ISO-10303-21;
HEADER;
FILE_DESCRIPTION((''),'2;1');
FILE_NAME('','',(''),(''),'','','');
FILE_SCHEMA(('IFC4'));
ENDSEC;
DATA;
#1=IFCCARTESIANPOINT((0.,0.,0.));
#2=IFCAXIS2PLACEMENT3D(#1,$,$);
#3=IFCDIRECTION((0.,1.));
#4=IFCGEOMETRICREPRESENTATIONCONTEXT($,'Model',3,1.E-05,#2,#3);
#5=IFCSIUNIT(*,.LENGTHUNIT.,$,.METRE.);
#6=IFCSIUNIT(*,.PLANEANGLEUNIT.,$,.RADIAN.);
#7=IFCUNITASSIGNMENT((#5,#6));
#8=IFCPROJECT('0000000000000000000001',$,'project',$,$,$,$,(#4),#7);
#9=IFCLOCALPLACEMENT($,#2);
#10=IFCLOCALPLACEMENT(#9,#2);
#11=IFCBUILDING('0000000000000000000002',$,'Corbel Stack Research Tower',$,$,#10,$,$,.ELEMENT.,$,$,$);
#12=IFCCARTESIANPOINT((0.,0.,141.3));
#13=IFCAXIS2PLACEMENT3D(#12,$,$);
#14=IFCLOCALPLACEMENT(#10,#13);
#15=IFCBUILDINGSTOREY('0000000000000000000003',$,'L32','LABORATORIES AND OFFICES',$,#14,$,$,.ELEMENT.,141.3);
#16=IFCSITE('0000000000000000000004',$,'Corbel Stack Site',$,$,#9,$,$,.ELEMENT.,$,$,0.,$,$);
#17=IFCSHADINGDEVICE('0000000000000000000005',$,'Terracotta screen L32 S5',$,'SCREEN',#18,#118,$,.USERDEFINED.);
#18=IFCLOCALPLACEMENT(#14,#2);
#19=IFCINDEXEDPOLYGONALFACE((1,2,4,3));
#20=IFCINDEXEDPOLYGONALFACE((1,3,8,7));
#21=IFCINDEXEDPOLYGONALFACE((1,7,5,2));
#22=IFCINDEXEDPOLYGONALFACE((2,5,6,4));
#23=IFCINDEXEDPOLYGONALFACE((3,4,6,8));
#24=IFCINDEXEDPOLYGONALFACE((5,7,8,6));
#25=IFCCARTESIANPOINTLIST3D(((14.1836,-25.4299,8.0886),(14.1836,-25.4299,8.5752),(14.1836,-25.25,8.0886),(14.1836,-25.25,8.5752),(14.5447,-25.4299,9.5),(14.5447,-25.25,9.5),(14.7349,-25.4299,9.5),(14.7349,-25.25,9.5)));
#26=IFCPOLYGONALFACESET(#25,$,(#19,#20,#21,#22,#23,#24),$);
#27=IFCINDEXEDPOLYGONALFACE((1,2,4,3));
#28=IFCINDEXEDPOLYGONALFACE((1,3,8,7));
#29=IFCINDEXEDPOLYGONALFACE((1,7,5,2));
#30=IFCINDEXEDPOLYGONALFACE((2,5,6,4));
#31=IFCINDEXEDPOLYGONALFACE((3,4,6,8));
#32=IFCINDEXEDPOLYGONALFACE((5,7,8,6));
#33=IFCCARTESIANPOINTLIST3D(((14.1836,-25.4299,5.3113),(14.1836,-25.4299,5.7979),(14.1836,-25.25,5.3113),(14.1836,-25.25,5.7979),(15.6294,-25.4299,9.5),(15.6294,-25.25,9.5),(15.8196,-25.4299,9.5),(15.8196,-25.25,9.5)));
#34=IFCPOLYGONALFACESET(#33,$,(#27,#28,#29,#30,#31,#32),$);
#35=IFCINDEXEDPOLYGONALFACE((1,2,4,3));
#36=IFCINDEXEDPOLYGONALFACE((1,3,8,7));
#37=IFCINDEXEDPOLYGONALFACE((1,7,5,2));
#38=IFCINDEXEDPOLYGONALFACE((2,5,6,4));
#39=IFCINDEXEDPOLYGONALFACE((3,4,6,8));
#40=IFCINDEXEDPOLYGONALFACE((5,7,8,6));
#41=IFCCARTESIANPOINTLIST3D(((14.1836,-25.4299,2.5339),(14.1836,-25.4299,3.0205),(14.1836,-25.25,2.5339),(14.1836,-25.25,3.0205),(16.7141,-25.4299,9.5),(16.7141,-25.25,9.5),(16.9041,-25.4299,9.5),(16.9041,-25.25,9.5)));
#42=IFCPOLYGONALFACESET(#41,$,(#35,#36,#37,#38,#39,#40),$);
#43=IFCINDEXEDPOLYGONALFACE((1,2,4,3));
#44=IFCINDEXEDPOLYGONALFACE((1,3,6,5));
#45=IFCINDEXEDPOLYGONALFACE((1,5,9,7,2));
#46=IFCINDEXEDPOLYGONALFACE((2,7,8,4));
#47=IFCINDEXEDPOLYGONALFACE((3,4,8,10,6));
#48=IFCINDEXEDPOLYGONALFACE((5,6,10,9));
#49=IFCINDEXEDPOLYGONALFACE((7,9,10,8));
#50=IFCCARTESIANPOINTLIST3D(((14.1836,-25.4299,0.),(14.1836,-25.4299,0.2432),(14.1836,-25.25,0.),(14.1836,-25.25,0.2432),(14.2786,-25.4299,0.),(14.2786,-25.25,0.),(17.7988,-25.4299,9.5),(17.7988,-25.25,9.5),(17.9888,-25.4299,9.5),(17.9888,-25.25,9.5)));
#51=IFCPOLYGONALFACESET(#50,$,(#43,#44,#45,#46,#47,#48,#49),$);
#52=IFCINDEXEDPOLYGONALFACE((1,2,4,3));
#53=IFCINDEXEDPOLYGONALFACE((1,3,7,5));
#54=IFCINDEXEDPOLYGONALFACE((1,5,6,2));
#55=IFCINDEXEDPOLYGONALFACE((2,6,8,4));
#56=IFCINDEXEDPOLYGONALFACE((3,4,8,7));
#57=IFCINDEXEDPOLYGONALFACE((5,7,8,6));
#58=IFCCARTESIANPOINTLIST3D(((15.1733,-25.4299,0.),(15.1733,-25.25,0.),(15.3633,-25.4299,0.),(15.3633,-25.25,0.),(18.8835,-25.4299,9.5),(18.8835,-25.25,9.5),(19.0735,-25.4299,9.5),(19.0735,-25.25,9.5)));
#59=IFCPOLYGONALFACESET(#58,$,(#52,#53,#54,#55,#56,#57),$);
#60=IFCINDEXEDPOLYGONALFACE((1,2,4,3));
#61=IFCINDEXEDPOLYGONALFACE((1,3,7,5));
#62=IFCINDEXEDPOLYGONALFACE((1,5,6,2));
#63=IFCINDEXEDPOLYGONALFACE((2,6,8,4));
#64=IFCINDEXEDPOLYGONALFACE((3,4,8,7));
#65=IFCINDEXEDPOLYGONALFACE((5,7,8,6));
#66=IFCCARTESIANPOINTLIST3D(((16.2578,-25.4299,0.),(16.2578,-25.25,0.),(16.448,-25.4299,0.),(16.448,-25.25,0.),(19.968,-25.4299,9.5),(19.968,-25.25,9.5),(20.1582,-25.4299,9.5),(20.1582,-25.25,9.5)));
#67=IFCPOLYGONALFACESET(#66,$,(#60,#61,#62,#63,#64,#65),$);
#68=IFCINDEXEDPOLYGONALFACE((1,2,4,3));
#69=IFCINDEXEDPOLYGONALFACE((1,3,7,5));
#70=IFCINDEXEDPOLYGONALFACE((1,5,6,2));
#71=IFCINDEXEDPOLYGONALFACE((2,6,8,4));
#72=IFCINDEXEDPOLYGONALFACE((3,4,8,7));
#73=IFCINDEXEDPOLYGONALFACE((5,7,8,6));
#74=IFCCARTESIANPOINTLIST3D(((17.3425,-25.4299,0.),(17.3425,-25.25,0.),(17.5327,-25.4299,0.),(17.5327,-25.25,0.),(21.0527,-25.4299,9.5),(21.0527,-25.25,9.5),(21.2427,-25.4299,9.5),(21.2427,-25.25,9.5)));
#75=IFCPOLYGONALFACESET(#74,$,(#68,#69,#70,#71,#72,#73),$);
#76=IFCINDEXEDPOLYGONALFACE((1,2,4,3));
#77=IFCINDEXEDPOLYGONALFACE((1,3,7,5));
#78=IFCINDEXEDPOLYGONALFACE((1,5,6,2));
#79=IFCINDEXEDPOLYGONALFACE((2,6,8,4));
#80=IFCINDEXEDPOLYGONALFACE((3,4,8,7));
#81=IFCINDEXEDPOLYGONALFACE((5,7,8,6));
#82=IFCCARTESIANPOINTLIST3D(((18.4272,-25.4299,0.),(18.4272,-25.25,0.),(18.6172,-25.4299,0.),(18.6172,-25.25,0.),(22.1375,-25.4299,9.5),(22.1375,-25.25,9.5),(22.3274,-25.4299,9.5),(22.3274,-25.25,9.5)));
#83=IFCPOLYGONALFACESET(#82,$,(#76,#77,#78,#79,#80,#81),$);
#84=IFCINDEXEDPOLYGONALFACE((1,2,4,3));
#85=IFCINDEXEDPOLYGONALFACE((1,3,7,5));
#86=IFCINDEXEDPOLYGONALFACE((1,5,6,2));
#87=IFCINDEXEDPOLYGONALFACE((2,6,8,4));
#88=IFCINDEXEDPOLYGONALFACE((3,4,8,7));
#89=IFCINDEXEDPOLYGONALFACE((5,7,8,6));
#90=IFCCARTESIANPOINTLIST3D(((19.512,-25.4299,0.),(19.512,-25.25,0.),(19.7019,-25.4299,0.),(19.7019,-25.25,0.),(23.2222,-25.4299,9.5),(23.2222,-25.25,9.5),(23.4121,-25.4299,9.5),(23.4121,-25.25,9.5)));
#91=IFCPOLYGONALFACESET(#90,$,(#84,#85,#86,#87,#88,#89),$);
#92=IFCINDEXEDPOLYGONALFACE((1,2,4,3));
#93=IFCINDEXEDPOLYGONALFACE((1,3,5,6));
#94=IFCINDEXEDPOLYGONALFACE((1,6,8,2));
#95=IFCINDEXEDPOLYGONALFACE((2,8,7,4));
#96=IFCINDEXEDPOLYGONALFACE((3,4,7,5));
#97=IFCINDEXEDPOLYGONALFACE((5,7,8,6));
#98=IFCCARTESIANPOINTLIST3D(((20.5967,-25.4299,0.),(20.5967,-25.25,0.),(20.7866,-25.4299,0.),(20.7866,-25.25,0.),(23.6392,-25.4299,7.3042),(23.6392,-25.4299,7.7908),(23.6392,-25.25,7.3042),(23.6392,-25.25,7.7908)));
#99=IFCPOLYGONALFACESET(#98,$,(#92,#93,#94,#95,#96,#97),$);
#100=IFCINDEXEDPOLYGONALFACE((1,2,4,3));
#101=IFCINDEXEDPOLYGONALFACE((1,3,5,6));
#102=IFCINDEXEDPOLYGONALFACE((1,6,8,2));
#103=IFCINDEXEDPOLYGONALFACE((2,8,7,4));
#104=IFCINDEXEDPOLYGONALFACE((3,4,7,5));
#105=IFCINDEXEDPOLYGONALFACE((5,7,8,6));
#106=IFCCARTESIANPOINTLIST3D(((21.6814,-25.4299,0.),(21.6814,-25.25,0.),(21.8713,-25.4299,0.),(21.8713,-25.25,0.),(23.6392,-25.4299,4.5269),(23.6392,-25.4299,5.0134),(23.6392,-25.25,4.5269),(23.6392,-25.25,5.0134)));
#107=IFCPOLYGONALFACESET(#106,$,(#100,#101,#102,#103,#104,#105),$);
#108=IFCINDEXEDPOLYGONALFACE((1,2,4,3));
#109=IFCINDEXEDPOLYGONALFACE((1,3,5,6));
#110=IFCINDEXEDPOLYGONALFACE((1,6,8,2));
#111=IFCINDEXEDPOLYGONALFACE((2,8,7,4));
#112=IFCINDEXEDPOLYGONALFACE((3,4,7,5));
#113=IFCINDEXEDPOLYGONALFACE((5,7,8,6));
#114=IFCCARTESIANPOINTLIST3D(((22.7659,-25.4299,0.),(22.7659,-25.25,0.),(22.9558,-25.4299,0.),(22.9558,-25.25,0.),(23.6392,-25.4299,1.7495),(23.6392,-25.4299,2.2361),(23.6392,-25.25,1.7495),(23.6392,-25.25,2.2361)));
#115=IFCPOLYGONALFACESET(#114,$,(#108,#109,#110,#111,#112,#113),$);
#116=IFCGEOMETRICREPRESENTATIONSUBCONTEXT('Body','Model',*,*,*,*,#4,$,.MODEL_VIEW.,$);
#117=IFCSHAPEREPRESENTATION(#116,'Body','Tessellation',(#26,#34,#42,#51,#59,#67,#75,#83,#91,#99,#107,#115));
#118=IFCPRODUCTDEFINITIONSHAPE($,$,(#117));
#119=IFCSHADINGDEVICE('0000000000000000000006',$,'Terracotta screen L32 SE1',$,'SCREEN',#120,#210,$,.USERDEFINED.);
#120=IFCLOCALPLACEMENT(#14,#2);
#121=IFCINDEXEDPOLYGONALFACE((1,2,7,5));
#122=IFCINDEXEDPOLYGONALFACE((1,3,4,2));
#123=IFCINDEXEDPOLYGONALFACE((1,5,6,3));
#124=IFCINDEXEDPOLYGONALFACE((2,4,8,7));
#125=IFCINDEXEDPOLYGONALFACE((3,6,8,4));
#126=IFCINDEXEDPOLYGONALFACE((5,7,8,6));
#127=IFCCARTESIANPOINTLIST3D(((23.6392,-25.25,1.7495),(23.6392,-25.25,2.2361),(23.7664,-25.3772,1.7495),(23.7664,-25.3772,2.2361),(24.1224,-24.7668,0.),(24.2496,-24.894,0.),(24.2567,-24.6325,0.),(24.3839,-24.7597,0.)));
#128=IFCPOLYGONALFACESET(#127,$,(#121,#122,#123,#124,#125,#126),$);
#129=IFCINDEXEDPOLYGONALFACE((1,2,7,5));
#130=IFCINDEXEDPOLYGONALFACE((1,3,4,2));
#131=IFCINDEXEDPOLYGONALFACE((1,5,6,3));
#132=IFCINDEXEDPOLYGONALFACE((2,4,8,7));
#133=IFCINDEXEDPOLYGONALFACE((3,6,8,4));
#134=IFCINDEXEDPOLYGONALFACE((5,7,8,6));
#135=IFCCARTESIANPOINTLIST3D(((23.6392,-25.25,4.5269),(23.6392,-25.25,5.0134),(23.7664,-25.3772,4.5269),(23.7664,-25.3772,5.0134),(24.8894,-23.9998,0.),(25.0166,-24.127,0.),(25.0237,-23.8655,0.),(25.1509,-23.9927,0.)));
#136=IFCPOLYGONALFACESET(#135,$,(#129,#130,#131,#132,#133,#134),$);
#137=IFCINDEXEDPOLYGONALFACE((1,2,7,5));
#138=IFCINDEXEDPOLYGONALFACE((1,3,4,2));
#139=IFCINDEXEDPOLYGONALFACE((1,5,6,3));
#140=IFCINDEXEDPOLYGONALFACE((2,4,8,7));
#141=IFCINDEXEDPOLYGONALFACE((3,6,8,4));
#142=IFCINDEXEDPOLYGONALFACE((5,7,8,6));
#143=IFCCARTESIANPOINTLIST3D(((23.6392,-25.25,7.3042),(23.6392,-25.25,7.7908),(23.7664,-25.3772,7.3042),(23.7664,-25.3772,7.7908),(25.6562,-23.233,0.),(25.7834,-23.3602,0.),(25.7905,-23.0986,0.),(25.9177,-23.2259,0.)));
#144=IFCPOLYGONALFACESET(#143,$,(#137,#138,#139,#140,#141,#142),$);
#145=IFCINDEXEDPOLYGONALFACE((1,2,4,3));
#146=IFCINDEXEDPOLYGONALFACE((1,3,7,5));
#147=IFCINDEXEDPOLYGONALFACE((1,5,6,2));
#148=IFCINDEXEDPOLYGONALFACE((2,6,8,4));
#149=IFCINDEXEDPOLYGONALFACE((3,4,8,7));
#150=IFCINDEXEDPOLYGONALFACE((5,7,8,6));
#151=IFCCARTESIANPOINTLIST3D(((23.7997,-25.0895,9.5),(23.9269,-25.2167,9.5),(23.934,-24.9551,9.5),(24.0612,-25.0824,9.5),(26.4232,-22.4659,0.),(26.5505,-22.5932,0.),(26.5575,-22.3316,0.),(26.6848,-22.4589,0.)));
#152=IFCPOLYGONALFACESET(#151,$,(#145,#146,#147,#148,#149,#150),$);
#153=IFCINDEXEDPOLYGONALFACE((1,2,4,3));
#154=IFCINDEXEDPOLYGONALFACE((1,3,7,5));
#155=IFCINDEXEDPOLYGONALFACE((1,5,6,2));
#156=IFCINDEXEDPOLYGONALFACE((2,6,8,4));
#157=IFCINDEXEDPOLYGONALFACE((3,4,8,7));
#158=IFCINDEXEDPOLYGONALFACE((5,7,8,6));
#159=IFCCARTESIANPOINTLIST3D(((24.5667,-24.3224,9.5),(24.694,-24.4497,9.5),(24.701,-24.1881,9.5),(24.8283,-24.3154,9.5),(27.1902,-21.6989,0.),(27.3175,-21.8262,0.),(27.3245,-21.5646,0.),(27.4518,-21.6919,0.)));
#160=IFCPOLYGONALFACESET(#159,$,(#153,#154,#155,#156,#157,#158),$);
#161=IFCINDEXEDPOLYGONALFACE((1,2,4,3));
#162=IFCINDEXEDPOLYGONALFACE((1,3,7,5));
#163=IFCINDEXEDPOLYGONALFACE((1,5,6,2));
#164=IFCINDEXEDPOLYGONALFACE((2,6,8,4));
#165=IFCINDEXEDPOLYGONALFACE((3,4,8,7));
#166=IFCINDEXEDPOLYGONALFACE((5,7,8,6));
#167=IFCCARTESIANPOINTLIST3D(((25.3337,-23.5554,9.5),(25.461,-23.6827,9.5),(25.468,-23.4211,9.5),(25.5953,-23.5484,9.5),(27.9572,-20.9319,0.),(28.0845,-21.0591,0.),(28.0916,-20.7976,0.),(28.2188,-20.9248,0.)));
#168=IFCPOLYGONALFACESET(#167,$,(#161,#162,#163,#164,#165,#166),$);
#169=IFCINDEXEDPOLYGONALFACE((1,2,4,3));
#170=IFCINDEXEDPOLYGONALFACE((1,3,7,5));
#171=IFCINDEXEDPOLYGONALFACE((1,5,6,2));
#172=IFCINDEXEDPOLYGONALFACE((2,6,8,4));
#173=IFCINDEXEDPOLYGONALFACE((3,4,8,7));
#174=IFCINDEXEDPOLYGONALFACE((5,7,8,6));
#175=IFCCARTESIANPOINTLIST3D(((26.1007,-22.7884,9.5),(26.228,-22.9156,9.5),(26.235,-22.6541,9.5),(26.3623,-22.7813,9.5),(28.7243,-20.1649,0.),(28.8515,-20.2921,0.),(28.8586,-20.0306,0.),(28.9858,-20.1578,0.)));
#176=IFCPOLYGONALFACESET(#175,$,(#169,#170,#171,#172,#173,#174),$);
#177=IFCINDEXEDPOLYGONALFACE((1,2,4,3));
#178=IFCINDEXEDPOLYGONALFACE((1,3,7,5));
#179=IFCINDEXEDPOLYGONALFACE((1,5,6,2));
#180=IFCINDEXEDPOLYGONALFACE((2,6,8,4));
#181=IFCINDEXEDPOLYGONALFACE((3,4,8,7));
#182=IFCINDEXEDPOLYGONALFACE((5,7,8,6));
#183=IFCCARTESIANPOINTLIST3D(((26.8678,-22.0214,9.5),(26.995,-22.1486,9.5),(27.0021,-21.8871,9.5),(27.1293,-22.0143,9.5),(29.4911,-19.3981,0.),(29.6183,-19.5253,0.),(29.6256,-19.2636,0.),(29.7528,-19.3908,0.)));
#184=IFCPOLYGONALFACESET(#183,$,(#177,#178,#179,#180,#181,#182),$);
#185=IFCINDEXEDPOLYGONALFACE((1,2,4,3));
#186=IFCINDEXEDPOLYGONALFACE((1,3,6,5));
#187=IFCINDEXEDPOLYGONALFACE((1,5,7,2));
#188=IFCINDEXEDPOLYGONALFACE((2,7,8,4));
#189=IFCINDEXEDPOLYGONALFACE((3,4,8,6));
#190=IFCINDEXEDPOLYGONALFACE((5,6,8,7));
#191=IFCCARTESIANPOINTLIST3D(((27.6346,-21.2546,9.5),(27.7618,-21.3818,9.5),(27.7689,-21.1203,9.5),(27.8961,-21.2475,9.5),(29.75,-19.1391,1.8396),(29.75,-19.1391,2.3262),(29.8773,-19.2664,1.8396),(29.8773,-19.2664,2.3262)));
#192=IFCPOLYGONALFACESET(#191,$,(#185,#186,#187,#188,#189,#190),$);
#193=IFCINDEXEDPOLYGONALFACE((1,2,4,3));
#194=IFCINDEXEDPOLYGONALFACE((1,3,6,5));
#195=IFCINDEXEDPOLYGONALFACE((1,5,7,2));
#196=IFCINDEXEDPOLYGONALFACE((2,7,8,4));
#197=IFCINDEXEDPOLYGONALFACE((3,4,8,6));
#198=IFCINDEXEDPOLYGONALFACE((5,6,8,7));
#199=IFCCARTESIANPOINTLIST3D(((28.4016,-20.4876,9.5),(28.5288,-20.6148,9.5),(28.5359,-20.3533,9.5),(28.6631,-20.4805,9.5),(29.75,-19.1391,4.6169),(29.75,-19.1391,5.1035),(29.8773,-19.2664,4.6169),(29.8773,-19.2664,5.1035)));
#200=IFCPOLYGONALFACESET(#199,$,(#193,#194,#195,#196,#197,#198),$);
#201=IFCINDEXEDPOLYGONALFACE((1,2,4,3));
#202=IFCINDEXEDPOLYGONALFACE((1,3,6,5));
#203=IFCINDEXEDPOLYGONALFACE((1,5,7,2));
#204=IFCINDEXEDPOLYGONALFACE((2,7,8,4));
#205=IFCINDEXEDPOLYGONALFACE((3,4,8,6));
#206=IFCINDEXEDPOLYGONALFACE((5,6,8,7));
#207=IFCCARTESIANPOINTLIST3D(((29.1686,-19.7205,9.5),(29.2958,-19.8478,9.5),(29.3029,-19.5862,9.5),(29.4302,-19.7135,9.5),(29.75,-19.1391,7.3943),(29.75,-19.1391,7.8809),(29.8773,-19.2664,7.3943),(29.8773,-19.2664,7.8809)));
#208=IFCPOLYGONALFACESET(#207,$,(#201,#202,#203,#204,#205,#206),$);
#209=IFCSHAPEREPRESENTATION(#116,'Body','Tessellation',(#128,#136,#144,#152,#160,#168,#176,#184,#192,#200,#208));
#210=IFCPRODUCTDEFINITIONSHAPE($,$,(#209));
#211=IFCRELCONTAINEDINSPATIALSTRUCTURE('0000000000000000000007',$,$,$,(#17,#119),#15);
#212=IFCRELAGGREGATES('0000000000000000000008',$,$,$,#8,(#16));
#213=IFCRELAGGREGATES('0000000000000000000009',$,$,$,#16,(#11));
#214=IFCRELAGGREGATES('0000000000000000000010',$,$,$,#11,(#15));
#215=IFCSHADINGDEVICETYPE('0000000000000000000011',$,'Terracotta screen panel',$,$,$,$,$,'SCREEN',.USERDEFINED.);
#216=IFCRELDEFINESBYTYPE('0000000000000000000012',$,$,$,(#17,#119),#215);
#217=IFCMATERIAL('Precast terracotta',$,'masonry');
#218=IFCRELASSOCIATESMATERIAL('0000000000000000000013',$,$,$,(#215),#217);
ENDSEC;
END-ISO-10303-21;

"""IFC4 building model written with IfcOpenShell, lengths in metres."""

from ifc_helpers import new_model, si_unit, direction, frame, origin, place, context, subcontext, project, spatial, polyline, outline, extrude, source, transform, mapped, material, type_object, element, save


model = new_model("IFC4")

# Units and contexts
model_context = context("Model", 3, precision=1e-05, world=origin(), true_north=direction((0.0, 1.0)))
body_context = subcontext(model_context, "Body", "Model", "MODEL_VIEW")
ifc_project = project(units=[si_unit("LENGTHUNIT", "METRE"), si_unit("PLANEANGLEUNIT", "RADIAN")], contexts=[model_context])

# Site, building, storey
site_placement = place(None, origin())
site = spatial("IfcSite", under=ifc_project, at=site_placement, Name="Corbel Stack Site", CompositionType="ELEMENT", RefElevation=0.0)
building_placement = place(site_placement, origin())
building = spatial("IfcBuilding", under=site, at=building_placement, Name="Corbel Stack Research Tower", CompositionType="ELEMENT")
storey_placement = place(building_placement, frame((0.0, 0.0, 141.3)))
storey = spatial("IfcBuildingStorey", under=building, at=storey_placement, Name="L32", Description="LABORATORIES AND OFFICES", CompositionType="ELEMENT", Elevation=141.3)

# Shading devices
ifc_material_1 = material(Name="Precast terracotta", Category="masonry")
shading_device_type = type_object("IfcShadingDeviceType", Name="Terracotta screen panel", ElementType="SCREEN", PredefinedType="USERDEFINED", material=ifc_material_1)
shared_shape_1 = source(origin(), body_context, "Body", "SweptSolid", [
    extrude(outline(polyline([(0.5513, 9.5), (0.3611, 9.5), (0.0, 8.5752), (0.0, 8.0886), (0.5513, 9.5)])), frame((0.0, 0.0, 0.0), z_axis=(0.0, -1.0, 0.0), x_axis=(1.0, 0.0, 0.0)), (0.0, 0.0, 1.0), 0.1799),
    extrude(outline(polyline([(1.636, 9.5), (1.4458, 9.5), (0.0, 5.7979), (0.0, 5.3113), (1.636, 9.5)])), frame((0.0, 0.0, 0.0), z_axis=(0.0, -1.0, 0.0), x_axis=(1.0, 0.0, 0.0)), (0.0, 0.0, 1.0), 0.1799),
    extrude(outline(polyline([(2.7205, 9.5), (2.5305, 9.5), (0.0, 3.0205), (0.0, 2.5339), (2.7205, 9.5)])), frame((0.0, 0.0, 0.0), z_axis=(0.0, -1.0, 0.0), x_axis=(1.0, 0.0, 0.0)), (0.0, 0.0, 1.0), 0.1799),
    extrude(outline(polyline([(0.095, 0.0), (3.8052, 9.5), (3.6152, 9.5), (0.0, 0.2432), (0.0, 0.0), (0.095, 0.0)])), frame((0.0, 0.0, 0.0), z_axis=(0.0, -1.0, 0.0), x_axis=(1.0, 0.0, 0.0)), (0.0, 0.0, 1.0), 0.1799),
    extrude(outline(polyline([(1.1797, 0.0), (4.8899, 9.5), (4.7, 9.5), (0.9897, 0.0), (1.1797, 0.0)])), frame((0.0, 0.0, 0.0), z_axis=(0.0, -1.0, 0.0), x_axis=(1.0, 0.0, 0.0)), (0.0, 0.0, 1.0), 0.1799),
    extrude(outline(polyline([(2.2644, 0.0), (5.9746, 9.5), (5.7844, 9.5), (2.0742, 0.0), (2.2644, 0.0)])), frame((0.0, 0.0, 0.0), z_axis=(0.0, -1.0, 0.0), x_axis=(1.0, 0.0, 0.0)), (0.0, 0.0, 1.0), 0.1799),
    extrude(outline(polyline([(3.3491, 0.0), (7.0591, 9.5), (6.8691, 9.5), (3.1589, 0.0), (3.3491, 0.0)])), frame((0.0, 0.0, 0.0), z_axis=(0.0, -1.0, 0.0), x_axis=(1.0, 0.0, 0.0)), (0.0, 0.0, 1.0), 0.1799),
    extrude(outline(polyline([(4.4336, 0.0), (8.1438, 9.5), (7.9539, 9.5), (4.2437, 0.0), (4.4336, 0.0)])), frame((0.0, 0.0, 0.0), z_axis=(0.0, -1.0, 0.0), x_axis=(1.0, 0.0, 0.0)), (0.0, 0.0, 1.0), 0.1799),
    extrude(outline(polyline([(5.5183, 0.0), (9.2285, 9.5), (9.0386, 9.5), (5.3284, 0.0), (5.5183, 0.0)])), frame((0.0, 0.0, 0.0), z_axis=(0.0, -1.0, 0.0), x_axis=(1.0, 0.0, 0.0)), (0.0, 0.0, 1.0), 0.1799),
    extrude(outline(polyline([(6.603, 0.0), (9.4556, 7.3042), (9.4556, 7.7908), (6.4131, 0.0), (6.603, 0.0)])), frame((0.0, 0.0, 0.0), z_axis=(0.0, -1.0, 0.0), x_axis=(1.0, 0.0, 0.0)), (0.0, 0.0, 1.0), 0.1799),
    extrude(outline(polyline([(7.6877, 0.0), (9.4556, 4.5269), (9.4556, 5.0134), (7.4978, 0.0), (7.6877, 0.0)])), frame((0.0, 0.0, 0.0), z_axis=(0.0, -1.0, 0.0), x_axis=(1.0, 0.0, 0.0)), (0.0, 0.0, 1.0), 0.1799),
    extrude(outline(polyline([(8.7722, 0.0), (9.4556, 1.7495), (9.4556, 2.2361), (8.5823, 0.0), (8.7722, 0.0)])), frame((0.0, 0.0, 0.0), z_axis=(0.0, -1.0, 0.0), x_axis=(1.0, 0.0, 0.0)), (0.0, 0.0, 1.0), 0.1799),
])
shading_device_1_placement = place(storey_placement, frame((14.1836, -25.25, 0.0), z_axis=(0.0, 0.0, 1.0), x_axis=(1.0, 0.0, 0.0)))
element("IfcShadingDevice", 1, at=shading_device_1_placement, inside=storey, type_object=shading_device_type, Name="Terracotta screen L32 S5", ObjectType="SCREEN", PredefinedType="USERDEFINED", context=body_context, shape_type="MappedRepresentation", body=[
    mapped(shared_shape_1, transform((0.0, 0.0, 0.0))),
])
shared_shape_2 = source(origin(), body_context, "Body", "SweptSolid", [
    extrude(outline(polyline([(0.8733, 0.0), (0.0, 2.2361), (0.0, 1.7495), (0.6833, 0.0), (0.8733, 0.0)])), frame((0.0, 0.0, 0.0), z_axis=(0.0, -1.0, 0.0), x_axis=(1.0, 0.0, 0.0)), (0.0, 0.0, 1.0), 0.1799),
    extrude(outline(polyline([(1.958, 0.0), (0.0, 5.0134), (0.0, 4.5269), (1.7681, 0.0), (1.958, 0.0)])), frame((0.0, 0.0, 0.0), z_axis=(0.0, -1.0, 0.0), x_axis=(1.0, 0.0, 0.0)), (0.0, 0.0, 1.0), 0.1799),
    extrude(outline(polyline([(3.0425, 0.0), (0.0, 7.7908), (0.0, 7.3042), (2.8525, 0.0), (3.0425, 0.0)])), frame((0.0, 0.0, 0.0), z_axis=(0.0, -1.0, 0.0), x_axis=(1.0, 0.0, 0.0)), (0.0, 0.0, 1.0), 0.1799),
    extrude(outline(polyline([(4.1272, 0.0), (0.417, 9.5), (0.2271, 9.5), (3.9373, 0.0), (4.1272, 0.0)])), frame((0.0, 0.0, 0.0), z_axis=(0.0, -1.0, 0.0), x_axis=(1.0, 0.0, 0.0)), (0.0, 0.0, 1.0), 0.1799),
    extrude(outline(polyline([(5.2119, 0.0), (1.5017, 9.5), (1.3118, 9.5), (5.022, 0.0), (5.2119, 0.0)])), frame((0.0, 0.0, 0.0), z_axis=(0.0, -1.0, 0.0), x_axis=(1.0, 0.0, 0.0)), (0.0, 0.0, 1.0), 0.1799),
    extrude(outline(polyline([(6.2966, 0.0), (2.5864, 9.5), (2.3965, 9.5), (6.1067, 0.0), (6.2966, 0.0)])), frame((0.0, 0.0, 0.0), z_axis=(0.0, -1.0, 0.0), x_axis=(1.0, 0.0, 0.0)), (0.0, 0.0, 1.0), 0.1799),
    extrude(outline(polyline([(7.3813, 0.0), (3.6711, 9.5), (3.4812, 9.5), (7.1914, 0.0), (7.3813, 0.0)])), frame((0.0, 0.0, 0.0), z_axis=(0.0, -1.0, 0.0), x_axis=(1.0, 0.0, 0.0)), (0.0, 0.0, 1.0), 0.1799),
    extrude(outline(polyline([(8.4661, 0.0), (4.7559, 9.5), (4.5659, 9.5), (8.2759, 0.0), (8.4661, 0.0)])), frame((0.0, 0.0, 0.0), z_axis=(0.0, -1.0, 0.0), x_axis=(1.0, 0.0, 0.0)), (0.0, 0.0, 1.0), 0.1799),
    extrude(outline(polyline([(5.8403, 9.5), (5.6504, 9.5), (8.6421, 1.8396), (8.6421, 2.3262), (5.8403, 9.5)])), frame((0.0, 0.0, 0.0), z_axis=(0.0, -1.0, 0.0), x_axis=(1.0, 0.0, 0.0)), (0.0, 0.0, 1.0), 0.1799),
    extrude(outline(polyline([(6.925, 9.5), (6.7351, 9.5), (8.6421, 4.6169), (8.6421, 5.1035), (6.925, 9.5)])), frame((0.0, 0.0, 0.0), z_axis=(0.0, -1.0, 0.0), x_axis=(1.0, 0.0, 0.0)), (0.0, 0.0, 1.0), 0.1799),
    extrude(outline(polyline([(8.0098, 9.5), (7.8198, 9.5), (8.6421, 7.3943), (8.6421, 7.8809), (8.0098, 9.5)])), frame((0.0, 0.0, 0.0), z_axis=(0.0, -1.0, 0.0), x_axis=(1.0, 0.0, 0.0)), (0.0, 0.0, 1.0), 0.1799),
])
shading_device_2_placement = place(storey_placement, frame((23.6392, -25.25, 0.0), z_axis=(0.0, 0.0, 1.0), x_axis=(0.707107, 0.707107, 0.0)))
element("IfcShadingDevice", 2, at=shading_device_2_placement, inside=storey, type_object=shading_device_type, Name="Terracotta screen L32 SE1", ObjectType="SCREEN", PredefinedType="USERDEFINED", context=body_context, shape_type="MappedRepresentation", body=[
    mapped(shared_shape_2, transform((0.0, 0.0, 0.0))),
])

save(model, "model.ifc")
